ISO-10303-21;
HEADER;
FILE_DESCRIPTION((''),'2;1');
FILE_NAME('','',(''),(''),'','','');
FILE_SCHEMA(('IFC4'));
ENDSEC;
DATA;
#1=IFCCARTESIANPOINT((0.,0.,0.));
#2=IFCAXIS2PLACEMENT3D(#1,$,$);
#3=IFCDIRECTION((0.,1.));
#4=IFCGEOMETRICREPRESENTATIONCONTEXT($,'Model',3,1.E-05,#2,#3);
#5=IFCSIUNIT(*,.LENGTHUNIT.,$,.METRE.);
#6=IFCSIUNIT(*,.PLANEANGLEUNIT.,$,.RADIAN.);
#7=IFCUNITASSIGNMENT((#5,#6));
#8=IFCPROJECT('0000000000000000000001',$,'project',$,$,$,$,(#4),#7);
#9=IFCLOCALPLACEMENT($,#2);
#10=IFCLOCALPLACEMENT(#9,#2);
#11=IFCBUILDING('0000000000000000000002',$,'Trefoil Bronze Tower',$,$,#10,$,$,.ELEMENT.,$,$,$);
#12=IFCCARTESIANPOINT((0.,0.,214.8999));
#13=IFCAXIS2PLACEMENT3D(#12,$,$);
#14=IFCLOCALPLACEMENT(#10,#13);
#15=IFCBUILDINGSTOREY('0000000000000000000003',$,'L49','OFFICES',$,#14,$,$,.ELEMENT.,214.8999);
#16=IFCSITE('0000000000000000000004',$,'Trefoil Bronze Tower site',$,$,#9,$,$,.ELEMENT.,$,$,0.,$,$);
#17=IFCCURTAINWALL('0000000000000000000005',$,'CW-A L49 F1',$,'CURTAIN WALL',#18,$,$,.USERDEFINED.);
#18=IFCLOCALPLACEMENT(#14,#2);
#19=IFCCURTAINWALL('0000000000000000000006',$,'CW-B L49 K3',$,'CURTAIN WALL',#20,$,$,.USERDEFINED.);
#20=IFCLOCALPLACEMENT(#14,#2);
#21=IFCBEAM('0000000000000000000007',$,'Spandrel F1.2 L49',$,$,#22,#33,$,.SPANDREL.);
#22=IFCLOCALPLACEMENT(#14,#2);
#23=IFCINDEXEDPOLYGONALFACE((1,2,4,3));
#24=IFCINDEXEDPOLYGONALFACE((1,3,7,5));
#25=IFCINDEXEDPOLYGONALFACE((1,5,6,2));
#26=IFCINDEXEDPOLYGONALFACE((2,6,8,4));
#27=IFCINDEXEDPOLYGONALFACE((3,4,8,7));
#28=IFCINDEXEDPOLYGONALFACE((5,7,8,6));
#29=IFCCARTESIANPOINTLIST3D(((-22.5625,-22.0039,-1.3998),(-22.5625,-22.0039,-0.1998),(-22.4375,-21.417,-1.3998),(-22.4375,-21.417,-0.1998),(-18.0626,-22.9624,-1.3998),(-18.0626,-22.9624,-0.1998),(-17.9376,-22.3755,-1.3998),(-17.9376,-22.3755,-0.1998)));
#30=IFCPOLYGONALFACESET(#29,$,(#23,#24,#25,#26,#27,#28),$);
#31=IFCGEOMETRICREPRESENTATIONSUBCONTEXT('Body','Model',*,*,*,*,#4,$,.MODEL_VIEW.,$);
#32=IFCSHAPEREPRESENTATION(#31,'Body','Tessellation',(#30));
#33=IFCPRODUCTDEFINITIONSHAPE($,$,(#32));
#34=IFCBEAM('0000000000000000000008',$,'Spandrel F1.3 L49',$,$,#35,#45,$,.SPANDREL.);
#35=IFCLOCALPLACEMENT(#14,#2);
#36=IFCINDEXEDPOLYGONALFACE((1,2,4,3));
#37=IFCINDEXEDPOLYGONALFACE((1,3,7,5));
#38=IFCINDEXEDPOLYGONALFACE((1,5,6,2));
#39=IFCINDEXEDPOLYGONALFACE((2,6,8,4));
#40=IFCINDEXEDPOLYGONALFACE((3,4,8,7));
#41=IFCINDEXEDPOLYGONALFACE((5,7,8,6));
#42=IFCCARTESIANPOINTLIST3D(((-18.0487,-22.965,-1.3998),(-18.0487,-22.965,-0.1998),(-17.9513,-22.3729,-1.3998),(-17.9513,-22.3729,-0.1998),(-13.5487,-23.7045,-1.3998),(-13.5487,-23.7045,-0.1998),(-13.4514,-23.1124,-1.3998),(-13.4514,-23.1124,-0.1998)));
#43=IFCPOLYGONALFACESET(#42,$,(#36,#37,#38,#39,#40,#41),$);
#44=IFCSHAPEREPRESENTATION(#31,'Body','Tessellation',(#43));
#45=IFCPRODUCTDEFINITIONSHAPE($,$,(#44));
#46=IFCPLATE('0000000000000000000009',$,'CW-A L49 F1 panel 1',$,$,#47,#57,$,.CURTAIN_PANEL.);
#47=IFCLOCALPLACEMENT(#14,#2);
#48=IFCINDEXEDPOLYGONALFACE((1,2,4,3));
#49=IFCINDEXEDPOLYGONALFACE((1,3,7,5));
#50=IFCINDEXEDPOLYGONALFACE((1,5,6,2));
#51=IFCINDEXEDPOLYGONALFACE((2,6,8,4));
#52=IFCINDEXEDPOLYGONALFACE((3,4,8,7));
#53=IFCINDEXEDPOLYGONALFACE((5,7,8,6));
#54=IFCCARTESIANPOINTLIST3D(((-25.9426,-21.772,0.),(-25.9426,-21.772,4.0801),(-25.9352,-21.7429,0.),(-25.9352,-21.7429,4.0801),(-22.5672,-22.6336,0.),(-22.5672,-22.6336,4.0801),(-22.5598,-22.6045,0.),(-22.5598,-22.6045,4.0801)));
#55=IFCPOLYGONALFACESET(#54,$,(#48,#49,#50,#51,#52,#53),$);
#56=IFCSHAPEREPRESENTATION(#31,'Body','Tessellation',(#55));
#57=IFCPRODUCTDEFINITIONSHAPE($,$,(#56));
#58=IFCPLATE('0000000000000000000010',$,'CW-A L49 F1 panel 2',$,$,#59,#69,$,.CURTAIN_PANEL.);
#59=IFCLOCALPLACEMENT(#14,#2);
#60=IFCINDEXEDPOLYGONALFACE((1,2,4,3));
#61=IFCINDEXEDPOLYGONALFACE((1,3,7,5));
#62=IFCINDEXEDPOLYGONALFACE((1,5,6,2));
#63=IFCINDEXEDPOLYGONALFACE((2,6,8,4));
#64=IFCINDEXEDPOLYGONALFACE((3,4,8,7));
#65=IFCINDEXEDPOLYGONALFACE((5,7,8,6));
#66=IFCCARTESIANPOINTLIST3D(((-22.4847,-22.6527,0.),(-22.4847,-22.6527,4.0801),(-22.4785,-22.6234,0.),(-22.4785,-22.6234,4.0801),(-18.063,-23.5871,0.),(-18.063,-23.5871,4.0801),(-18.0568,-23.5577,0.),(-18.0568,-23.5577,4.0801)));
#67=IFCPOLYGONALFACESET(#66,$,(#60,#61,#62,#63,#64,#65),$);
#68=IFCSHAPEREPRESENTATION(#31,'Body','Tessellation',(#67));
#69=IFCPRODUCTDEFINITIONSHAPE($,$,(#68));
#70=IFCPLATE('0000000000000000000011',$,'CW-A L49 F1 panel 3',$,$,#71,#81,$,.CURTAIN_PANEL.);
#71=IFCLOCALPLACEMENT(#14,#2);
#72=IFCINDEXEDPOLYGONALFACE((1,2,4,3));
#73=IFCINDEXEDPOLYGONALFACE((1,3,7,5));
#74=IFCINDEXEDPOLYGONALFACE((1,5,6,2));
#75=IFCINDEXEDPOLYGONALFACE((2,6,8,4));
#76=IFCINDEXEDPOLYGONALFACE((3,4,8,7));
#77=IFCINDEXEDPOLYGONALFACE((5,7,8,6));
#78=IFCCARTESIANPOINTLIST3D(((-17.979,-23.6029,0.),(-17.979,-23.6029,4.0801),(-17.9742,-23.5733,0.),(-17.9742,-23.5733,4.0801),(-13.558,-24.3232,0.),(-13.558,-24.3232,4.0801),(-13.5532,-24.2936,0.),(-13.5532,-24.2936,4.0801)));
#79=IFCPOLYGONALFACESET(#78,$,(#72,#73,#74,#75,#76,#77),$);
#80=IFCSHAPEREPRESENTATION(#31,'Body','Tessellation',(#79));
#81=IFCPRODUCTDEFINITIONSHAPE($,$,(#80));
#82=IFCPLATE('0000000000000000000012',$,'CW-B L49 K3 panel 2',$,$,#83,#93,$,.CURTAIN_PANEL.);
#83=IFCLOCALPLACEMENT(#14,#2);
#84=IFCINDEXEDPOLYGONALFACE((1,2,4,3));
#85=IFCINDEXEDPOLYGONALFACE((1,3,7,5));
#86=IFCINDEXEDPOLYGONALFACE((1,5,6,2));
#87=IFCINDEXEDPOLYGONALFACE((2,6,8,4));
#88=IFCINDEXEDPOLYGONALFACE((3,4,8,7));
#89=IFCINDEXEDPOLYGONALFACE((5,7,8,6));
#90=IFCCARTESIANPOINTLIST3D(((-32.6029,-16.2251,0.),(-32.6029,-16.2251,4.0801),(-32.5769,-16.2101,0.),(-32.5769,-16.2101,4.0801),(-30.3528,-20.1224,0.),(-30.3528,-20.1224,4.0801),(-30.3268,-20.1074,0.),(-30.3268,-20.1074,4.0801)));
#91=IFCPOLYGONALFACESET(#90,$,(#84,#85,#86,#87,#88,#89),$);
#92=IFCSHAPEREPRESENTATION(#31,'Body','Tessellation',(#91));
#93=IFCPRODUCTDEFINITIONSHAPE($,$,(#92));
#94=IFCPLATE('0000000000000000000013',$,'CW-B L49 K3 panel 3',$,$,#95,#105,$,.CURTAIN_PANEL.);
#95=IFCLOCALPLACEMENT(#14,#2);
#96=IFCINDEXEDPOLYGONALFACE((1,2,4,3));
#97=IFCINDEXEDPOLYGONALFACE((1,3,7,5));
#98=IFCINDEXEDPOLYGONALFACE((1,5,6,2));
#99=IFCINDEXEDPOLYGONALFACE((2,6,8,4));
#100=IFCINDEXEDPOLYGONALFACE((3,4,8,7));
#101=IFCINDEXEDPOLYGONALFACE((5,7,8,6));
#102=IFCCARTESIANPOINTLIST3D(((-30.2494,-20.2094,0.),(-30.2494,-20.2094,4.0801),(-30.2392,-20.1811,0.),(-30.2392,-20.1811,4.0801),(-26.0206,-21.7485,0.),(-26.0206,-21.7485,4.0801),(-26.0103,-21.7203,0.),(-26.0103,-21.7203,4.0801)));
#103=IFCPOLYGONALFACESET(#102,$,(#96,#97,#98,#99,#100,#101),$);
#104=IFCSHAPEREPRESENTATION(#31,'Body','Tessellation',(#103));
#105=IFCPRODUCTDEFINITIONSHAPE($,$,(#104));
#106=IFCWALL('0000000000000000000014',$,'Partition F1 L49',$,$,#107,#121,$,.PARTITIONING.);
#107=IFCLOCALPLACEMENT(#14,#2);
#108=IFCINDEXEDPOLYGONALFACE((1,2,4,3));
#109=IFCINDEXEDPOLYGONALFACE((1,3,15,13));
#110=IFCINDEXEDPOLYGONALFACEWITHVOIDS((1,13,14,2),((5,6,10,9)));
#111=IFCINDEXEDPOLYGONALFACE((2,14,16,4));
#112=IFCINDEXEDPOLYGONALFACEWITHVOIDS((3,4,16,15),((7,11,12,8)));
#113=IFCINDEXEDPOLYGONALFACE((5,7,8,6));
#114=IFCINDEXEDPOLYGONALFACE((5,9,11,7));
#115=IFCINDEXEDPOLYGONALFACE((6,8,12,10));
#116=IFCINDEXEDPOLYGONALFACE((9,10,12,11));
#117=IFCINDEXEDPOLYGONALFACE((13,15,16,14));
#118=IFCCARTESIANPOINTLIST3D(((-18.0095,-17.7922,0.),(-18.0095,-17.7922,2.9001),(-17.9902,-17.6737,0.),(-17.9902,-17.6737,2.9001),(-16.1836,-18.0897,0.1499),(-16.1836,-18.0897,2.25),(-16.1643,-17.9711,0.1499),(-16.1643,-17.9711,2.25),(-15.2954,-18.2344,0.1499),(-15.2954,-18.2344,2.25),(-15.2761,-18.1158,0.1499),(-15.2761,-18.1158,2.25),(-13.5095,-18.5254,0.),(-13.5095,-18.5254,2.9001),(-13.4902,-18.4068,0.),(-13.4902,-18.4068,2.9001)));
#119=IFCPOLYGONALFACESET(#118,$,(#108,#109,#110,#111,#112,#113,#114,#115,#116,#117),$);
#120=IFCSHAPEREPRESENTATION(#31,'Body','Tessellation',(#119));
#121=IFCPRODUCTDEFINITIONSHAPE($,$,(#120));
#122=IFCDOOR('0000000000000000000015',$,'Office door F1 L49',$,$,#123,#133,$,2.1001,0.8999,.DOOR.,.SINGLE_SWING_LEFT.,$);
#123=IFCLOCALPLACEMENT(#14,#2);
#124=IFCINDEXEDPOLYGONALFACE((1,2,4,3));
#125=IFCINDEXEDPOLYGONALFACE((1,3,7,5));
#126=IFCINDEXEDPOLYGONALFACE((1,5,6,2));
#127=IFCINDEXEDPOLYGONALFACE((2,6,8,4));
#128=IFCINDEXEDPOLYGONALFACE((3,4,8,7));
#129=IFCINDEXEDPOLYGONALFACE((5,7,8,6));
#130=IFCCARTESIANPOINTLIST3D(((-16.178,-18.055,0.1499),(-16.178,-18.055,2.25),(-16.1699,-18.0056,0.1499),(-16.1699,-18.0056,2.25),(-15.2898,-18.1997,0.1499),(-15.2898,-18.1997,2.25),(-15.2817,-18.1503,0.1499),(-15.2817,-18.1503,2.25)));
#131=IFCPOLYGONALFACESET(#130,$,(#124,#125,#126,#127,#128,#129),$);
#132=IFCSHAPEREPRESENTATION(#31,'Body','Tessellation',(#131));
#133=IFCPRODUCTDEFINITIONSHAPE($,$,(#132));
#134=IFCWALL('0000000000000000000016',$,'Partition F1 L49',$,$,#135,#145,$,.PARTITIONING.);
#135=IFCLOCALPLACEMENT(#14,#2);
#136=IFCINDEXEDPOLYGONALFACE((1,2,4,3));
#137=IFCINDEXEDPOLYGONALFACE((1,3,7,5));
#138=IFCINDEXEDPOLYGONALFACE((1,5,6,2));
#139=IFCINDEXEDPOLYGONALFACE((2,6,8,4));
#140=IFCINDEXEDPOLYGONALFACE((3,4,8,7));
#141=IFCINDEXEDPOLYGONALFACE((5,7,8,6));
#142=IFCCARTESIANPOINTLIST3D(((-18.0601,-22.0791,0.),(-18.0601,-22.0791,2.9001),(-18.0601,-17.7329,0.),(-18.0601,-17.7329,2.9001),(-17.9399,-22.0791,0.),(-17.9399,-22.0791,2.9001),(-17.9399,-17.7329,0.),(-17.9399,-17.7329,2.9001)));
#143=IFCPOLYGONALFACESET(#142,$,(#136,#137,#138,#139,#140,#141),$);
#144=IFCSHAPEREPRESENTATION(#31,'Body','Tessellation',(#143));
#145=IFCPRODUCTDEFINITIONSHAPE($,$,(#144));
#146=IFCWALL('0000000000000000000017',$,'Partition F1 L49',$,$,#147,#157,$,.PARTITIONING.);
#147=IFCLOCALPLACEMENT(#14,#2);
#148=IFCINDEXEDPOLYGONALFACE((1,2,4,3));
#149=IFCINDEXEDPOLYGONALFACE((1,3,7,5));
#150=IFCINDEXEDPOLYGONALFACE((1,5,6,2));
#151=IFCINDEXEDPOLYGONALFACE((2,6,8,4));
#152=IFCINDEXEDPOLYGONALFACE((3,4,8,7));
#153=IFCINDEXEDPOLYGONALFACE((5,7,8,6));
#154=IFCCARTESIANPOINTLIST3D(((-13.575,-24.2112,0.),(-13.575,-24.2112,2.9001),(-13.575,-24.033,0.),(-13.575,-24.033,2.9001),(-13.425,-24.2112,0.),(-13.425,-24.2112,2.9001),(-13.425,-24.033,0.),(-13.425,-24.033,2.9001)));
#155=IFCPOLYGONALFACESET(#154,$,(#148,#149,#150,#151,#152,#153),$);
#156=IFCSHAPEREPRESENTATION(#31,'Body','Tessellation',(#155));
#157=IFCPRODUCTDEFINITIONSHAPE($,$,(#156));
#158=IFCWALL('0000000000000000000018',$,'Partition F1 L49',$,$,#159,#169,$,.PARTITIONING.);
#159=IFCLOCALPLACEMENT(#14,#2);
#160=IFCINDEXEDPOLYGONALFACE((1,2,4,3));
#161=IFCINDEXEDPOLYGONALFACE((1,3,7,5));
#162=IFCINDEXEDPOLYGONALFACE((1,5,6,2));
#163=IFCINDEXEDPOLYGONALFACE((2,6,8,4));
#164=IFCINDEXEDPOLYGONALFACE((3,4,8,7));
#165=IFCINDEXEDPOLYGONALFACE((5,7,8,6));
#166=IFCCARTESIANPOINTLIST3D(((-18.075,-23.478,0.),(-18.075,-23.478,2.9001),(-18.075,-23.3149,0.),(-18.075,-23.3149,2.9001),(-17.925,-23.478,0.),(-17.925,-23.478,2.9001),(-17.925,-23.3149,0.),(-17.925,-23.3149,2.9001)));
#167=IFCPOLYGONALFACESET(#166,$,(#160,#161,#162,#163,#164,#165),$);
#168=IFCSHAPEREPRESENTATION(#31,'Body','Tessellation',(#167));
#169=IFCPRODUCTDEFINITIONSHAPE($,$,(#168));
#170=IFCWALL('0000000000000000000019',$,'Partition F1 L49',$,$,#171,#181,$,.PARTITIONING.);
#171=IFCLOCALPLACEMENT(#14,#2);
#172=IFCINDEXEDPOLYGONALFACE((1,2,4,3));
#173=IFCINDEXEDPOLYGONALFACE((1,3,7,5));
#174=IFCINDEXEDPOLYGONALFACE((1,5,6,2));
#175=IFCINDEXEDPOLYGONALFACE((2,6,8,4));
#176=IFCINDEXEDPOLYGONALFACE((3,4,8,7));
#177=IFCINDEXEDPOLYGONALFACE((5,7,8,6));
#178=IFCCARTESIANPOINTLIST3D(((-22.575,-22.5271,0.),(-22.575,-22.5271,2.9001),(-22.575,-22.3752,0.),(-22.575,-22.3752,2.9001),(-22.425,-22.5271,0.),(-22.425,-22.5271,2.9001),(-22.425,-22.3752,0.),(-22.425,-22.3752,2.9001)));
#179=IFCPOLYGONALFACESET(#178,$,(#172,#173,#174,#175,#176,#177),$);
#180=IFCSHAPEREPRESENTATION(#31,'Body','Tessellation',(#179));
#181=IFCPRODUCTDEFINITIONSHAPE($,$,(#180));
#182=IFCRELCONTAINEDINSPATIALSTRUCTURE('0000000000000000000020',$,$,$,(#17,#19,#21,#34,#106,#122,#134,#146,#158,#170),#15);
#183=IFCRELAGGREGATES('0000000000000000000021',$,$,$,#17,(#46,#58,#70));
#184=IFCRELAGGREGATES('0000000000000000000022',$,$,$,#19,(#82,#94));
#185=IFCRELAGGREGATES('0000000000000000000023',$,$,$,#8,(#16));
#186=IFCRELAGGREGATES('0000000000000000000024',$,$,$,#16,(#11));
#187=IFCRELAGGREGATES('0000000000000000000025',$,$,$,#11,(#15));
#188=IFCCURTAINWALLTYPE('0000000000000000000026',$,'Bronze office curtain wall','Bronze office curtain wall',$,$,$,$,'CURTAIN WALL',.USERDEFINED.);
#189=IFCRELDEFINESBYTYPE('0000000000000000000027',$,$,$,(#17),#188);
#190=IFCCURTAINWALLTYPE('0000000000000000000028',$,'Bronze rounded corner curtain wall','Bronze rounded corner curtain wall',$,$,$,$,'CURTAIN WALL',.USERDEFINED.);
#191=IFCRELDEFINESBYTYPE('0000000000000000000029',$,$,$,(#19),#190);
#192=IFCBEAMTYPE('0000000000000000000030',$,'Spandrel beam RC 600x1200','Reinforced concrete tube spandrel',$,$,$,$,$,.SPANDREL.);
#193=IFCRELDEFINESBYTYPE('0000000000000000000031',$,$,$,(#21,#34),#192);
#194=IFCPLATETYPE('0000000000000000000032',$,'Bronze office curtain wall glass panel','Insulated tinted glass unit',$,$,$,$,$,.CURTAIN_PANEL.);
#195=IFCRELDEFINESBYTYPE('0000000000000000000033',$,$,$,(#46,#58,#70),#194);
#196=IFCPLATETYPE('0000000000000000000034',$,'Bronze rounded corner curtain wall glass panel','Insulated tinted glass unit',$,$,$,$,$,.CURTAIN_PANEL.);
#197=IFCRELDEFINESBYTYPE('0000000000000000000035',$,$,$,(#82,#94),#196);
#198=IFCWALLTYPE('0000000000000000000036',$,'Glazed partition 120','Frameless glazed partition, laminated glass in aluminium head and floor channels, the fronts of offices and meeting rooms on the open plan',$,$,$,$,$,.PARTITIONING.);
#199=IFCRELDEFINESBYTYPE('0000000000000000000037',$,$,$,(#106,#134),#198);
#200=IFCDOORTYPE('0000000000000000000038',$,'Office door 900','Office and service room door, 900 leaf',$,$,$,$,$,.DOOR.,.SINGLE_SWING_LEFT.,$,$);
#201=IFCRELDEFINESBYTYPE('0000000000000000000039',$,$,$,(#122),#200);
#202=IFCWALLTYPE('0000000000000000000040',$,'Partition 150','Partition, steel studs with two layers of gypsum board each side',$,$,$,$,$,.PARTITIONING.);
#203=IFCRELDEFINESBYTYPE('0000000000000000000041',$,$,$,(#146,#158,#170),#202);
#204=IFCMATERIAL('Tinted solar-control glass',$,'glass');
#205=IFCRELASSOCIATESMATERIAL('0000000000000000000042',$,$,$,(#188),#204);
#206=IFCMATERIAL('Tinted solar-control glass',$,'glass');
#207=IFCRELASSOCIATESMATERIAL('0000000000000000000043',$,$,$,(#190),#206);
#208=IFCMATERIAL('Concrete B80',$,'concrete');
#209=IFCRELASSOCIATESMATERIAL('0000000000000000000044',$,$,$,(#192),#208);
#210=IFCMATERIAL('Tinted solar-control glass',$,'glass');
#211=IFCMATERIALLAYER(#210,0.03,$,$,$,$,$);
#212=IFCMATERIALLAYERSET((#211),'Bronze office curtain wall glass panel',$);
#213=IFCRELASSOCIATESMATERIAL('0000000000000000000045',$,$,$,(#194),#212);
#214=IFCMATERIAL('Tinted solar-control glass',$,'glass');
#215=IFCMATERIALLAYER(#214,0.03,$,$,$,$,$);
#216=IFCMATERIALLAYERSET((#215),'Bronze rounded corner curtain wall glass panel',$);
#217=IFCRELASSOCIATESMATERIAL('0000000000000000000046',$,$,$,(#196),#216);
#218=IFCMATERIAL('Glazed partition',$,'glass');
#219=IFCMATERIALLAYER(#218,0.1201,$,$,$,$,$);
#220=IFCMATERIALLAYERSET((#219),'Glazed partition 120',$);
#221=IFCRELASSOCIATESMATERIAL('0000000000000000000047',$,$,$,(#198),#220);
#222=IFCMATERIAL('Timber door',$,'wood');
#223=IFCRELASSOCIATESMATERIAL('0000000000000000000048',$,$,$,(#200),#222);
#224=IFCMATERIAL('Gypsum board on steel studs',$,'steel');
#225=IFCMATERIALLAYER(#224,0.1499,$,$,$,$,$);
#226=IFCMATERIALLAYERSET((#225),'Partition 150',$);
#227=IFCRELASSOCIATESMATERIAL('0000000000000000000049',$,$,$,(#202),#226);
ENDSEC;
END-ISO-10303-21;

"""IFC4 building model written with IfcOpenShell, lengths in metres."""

from ifc_helpers import new_model, si_unit, direction, frame, frame_2d, origin, origin_2d, place, context, subcontext, project, spatial, rectangle, extrude, material, layer, layer_set, material_profile, profile_set, type_object, element, fill, aggregate, save


model = new_model("IFC4")

# Units and contexts
model_context = context("Model", 3, precision=1e-05, world=origin(), true_north=direction((0.0, 1.0)))
body_context = subcontext(model_context, "Body", "Model", "MODEL_VIEW")
ifc_project = project(units=[si_unit("LENGTHUNIT", "METRE"), si_unit("PLANEANGLEUNIT", "RADIAN")], contexts=[model_context])

# Site, building, storey
site_placement = place(None, origin())
site = spatial("IfcSite", under=ifc_project, at=site_placement, Name="Trefoil Bronze Tower site", CompositionType="ELEMENT", RefElevation=0.0)
building_placement = place(site_placement, origin())
building = spatial("IfcBuilding", under=site, at=building_placement, Name="Trefoil Bronze Tower", CompositionType="ELEMENT")
storey_placement = place(building_placement, frame((0.0, 0.0, 214.8999)))
storey = spatial("IfcBuildingStorey", under=building, at=storey_placement, Name="L49", Description="OFFICES", CompositionType="ELEMENT", Elevation=214.8999)

# Curtain walls
ifc_material_1 = material(Name="Tinted solar-control glass", Category="glass")
curtain_wall_type_1 = type_object("IfcCurtainWallType", Name="Bronze office curtain wall", Description="Bronze office curtain wall", ElementType="CURTAIN WALL", PredefinedType="USERDEFINED", material=ifc_material_1)
curtain_wall_1_placement = place(storey_placement, origin())
curtain_wall_1 = element("IfcCurtainWall", 1, at=curtain_wall_1_placement, inside=storey, type_object=curtain_wall_type_1, Name="CW-A L49 F1", ObjectType="CURTAIN WALL", PredefinedType="USERDEFINED")
ifc_material_2 = material(Name="Tinted solar-control glass", Category="glass")
curtain_wall_type_2 = type_object("IfcCurtainWallType", Name="Bronze rounded corner curtain wall", Description="Bronze rounded corner curtain wall", ElementType="CURTAIN WALL", PredefinedType="USERDEFINED", material=ifc_material_2)
curtain_wall_2_placement = place(storey_placement, origin())
curtain_wall_2 = element("IfcCurtainWall", 2, at=curtain_wall_2_placement, inside=storey, type_object=curtain_wall_type_2, Name="CW-B L49 K3", ObjectType="CURTAIN WALL", PredefinedType="USERDEFINED")

# Beams
ifc_material_3 = material(Name="Concrete B80", Category="concrete")
ifc_material_profile_1 = material_profile(ifc_material_3, rectangle(XDim=0.6001, YDim=1.2, at=origin_2d()), Name="RC 600x1200")
ifc_profile_set_1 = profile_set([ifc_material_profile_1], Name="Concrete B80")
beam_type_1 = type_object("IfcBeamType", Name="Spandrel beam RC 600x1200", Description="Reinforced concrete tube spandrel", PredefinedType="SPANDREL", material=ifc_profile_set_1)
beam_1_placement = place(storey_placement, frame((-22.5, -21.7104, -0.7998), z_axis=(0.978059, -0.208326, 0.0), x_axis=(0.208326, 0.978059, 0.0)))
element("IfcBeam", 3, at=beam_1_placement, inside=storey, type_object=beam_type_1, Name="Spandrel F1.2 L49", PredefinedType="SPANDREL", context=body_context, shape_type="SweptSolid", body=[
    extrude(rectangle(XDim=0.6001, YDim=1.2, at=origin_2d()), origin(), (0.0, 0.0, 1.0), 4.6008),
])
beam_2_placement = place(storey_placement, frame((-18.0, -22.6689, -0.7998), z_axis=(0.986765, -0.162159, 0.0), x_axis=(0.162159, 0.986765, 0.0)))
element("IfcBeam", 4, at=beam_2_placement, inside=storey, type_object=beam_type_1, Name="Spandrel F1.3 L49", PredefinedType="SPANDREL", context=body_context, shape_type="SweptSolid", body=[
    extrude(rectangle(XDim=0.6001, YDim=1.2, at=origin_2d()), origin(), (0.0, 0.0, 1.0), 4.5603),
])

# Plates
ifc_material_4 = material(Name="Tinted solar-control glass", Category="glass")
ifc_layer_1 = layer(ifc_material_4, 0.03)
ifc_layer_set_1 = layer_set([ifc_layer_1], Name="Bronze office curtain wall glass panel")
plate_type_1 = type_object("IfcPlateType", Name="Bronze office curtain wall glass panel", Description="Insulated tinted glass unit", PredefinedType="CURTAIN_PANEL", material=ifc_layer_set_1)
plate_1_placement = place(storey_placement, frame((-24.2512, -22.1882, 0.0), z_axis=(0.0, 0.0, 1.0), x_axis=(0.968934, -0.247319, 0.0)))
plate_1 = element("IfcPlate", 5, at=plate_1_placement, type_object=plate_type_1, Name="CW-A L49 F1 panel 1", PredefinedType="CURTAIN_PANEL", context=body_context, shape_type="SweptSolid", body=[
    extrude(rectangle(XDim=3.4836, YDim=0.03, at=origin_2d()), origin(), (0.0, 0.0, 1.0), 4.0801),
])
plate_2_placement = place(storey_placement, frame((-20.2708, -23.1052, 0.0), z_axis=(0.0, 0.0, 1.0), x_axis=(0.978394, -0.206747, 0.0)))
plate_2 = element("IfcPlate", 6, at=plate_2_placement, type_object=plate_type_1, Name="CW-A L49 F1 panel 2", PredefinedType="CURTAIN_PANEL", context=body_context, shape_type="SweptSolid", body=[
    extrude(rectangle(XDim=4.5193, YDim=0.03, at=origin_2d()), origin(), (0.0, 0.0, 1.0), 4.0801),
])
plate_3_placement = place(storey_placement, frame((-15.7661, -23.9482, 0.0), z_axis=(0.0, 0.0, 1.0), x_axis=(0.986987, -0.160803, 0.0)))
plate_3 = element("IfcPlate", 7, at=plate_3_placement, type_object=plate_type_1, Name="CW-A L49 F1 panel 3", PredefinedType="CURTAIN_PANEL", context=body_context, shape_type="SweptSolid", body=[
    extrude(rectangle(XDim=4.4792, YDim=0.03, at=origin_2d()), origin(), (0.0, 0.0, 1.0), 4.0801),
])
aggregate(curtain_wall_1, [plate_1, plate_2, plate_3])
ifc_material_5 = material(Name="Tinted solar-control glass", Category="glass")
ifc_layer_2 = layer(ifc_material_5, 0.03)
ifc_layer_set_2 = layer_set([ifc_layer_2], Name="Bronze rounded corner curtain wall glass panel")
plate_type_2 = type_object("IfcPlateType", Name="Bronze rounded corner curtain wall glass panel", Description="Insulated tinted glass unit", PredefinedType="CURTAIN_PANEL", material=ifc_layer_set_2)
plate_4_placement = place(storey_placement, frame((-31.4648, -18.1663, 0.0), z_axis=(0.0, 0.0, 1.0), x_axis=(0.5, -0.866025, 0.0)))
plate_4 = element("IfcPlate", 8, at=plate_4_placement, type_object=plate_type_2, Name="CW-B L49 K3 panel 2", PredefinedType="CURTAIN_PANEL", context=body_context, shape_type="SweptSolid", body=[
    extrude(rectangle(XDim=4.5002, YDim=0.03, at=origin_2d()), origin(), (0.0, 0.0, 1.0), 4.0801),
])
plate_5_placement = place(storey_placement, frame((-28.1299, -20.9648, 0.0), z_axis=(0.0, 0.0, 1.0), x_axis=(0.939693, -0.34202, 0.0)))
plate_5 = element("IfcPlate", 9, at=plate_5_placement, type_object=plate_type_2, Name="CW-B L49 K3 panel 3", PredefinedType="CURTAIN_PANEL", context=body_context, shape_type="SweptSolid", body=[
    extrude(rectangle(XDim=4.5002, YDim=0.03, at=origin_2d()), origin(), (0.0, 0.0, 1.0), 4.0801),
])
aggregate(curtain_wall_2, [plate_4, plate_5])

# Wall, opening, door
ifc_material_6 = material(Name="Glazed partition", Category="glass")
ifc_layer_3 = layer(ifc_material_6, 0.1201)
ifc_layer_set_3 = layer_set([ifc_layer_3], Name="Glazed partition 120")
wall_type_1 = type_object("IfcWallType", Name="Glazed partition 120", Description="Frameless glazed partition, laminated glass in aluminium head and floor channels, the fronts of offices and meeting rooms on the open plan", PredefinedType="PARTITIONING", material=ifc_layer_set_3)
wall_1_placement = place(storey_placement, frame((-18.0, -17.7329, 0.0), z_axis=(0.0, 0.0, 1.0), x_axis=(0.986987, -0.160803, 0.0)))
wall_1 = element("IfcWall", 10, at=wall_1_placement, inside=storey, type_object=wall_type_1, Name="Partition F1 L49", PredefinedType="PARTITIONING", context=body_context, shape_type="SweptSolid", body=[
    extrude(rectangle(XDim=4.5593, YDim=0.1201, at=frame_2d((2.2798, 0.0))), origin(), (0.0, 0.0, 1.0), 2.9001),
])
opening_placement = place(wall_1_placement, frame((1.8501, 0.0, 0.1499)))
opening = element("IfcOpeningElement", 11, at=opening_placement, cuts=wall_1, PredefinedType="OPENING", context=body_context, shape_type="SweptSolid", body=[
    extrude(rectangle(XDim=0.8999, YDim=2.1001, at=frame_2d((0.45, 1.05))), frame((0.0, 0.0701, 0.0), z_axis=(0.0, -1.0, 0.0), x_axis=(1.0, 0.0, 0.0)), (0.0, 0.0, 1.0), 0.1401),
])
ifc_material_7 = material(Name="Timber door", Category="wood")
door_type = type_object("IfcDoorType", Name="Office door 900", Description="Office and service room door, 900 leaf", OperationType="SINGLE_SWING_LEFT", PredefinedType="DOOR", material=ifc_material_7)
door_placement = place(opening_placement, frame((0.8999, 0.0, 0.0), z_axis=(0.0, 0.0, 1.0), x_axis=(-1.0, 0.0, 0.0)))
door = element("IfcDoor", 12, at=door_placement, inside=storey, type_object=door_type, Name="Office door F1 L49", OperationType="SINGLE_SWING_LEFT", OverallHeight=2.1001, OverallWidth=0.8999, PredefinedType="DOOR", context=body_context, shape_type="SweptSolid", body=[
    extrude(rectangle(XDim=0.8999, YDim=2.1001, at=frame_2d((0.45, 1.05))), frame((0.0, 0.0249, 0.0), z_axis=(0.0, -1.0, 0.0), x_axis=(1.0, 0.0, 0.0)), (0.0, 0.0, 1.0), 0.05),
])
fill(opening, door)

# Walls
wall_2_placement = place(storey_placement, frame((-18.0, -17.7329, 0.0), z_axis=(0.0, 0.0, 1.0), x_axis=(0.0, -1.0, 0.0)))
element("IfcWall", 13, at=wall_2_placement, inside=storey, type_object=wall_type_1, Name="Partition F1 L49", PredefinedType="PARTITIONING", context=body_context, shape_type="SweptSolid", body=[
    extrude(rectangle(XDim=4.3462, YDim=0.1201, at=frame_2d((2.1731, 0.0))), origin(), (0.0, 0.0, 1.0), 2.9001),
])
ifc_material_8 = material(Name="Gypsum board on steel studs", Category="steel")
ifc_layer_4 = layer(ifc_material_8, 0.1499)
ifc_layer_set_4 = layer_set([ifc_layer_4], Name="Partition 150")
wall_type_2 = type_object("IfcWallType", Name="Partition 150", Description="Partition, steel studs with two layers of gypsum board each side", PredefinedType="PARTITIONING", material=ifc_layer_set_4)
wall_3_placement = place(storey_placement, frame((-13.5, -24.033, 0.0), z_axis=(0.0, 0.0, 1.0), x_axis=(0.0, -1.0, 0.0)))
element("IfcWall", 14, at=wall_3_placement, inside=storey, type_object=wall_type_2, Name="Partition F1 L49", PredefinedType="PARTITIONING", context=body_context, shape_type="SweptSolid", body=[
    extrude(rectangle(XDim=0.1782, YDim=0.1499, at=frame_2d((0.0891, 0.0))), origin(), (0.0, 0.0, 1.0), 2.9001),
])
wall_4_placement = place(storey_placement, frame((-18.0, -23.3149, 0.0), z_axis=(0.0, 0.0, 1.0), x_axis=(0.0, -1.0, 0.0)))
element("IfcWall", 15, at=wall_4_placement, inside=storey, type_object=wall_type_2, Name="Partition F1 L49", PredefinedType="PARTITIONING", context=body_context, shape_type="SweptSolid", body=[
    extrude(rectangle(XDim=0.1631, YDim=0.1499, at=frame_2d((0.0815, 0.0))), origin(), (0.0, 0.0, 1.0), 2.9001),
])
wall_5_placement = place(storey_placement, frame((-22.5, -22.3752, 0.0), z_axis=(0.0, 0.0, 1.0), x_axis=(0.0, -1.0, 0.0)))
element("IfcWall", 16, at=wall_5_placement, inside=storey, type_object=wall_type_2, Name="Partition F1 L49", PredefinedType="PARTITIONING", context=body_context, shape_type="SweptSolid", body=[
    extrude(rectangle(XDim=0.1519, YDim=0.1499, at=frame_2d((0.0759, 0.0))), origin(), (0.0, 0.0, 1.0), 2.9001),
])

save(model, "model.ifc")
